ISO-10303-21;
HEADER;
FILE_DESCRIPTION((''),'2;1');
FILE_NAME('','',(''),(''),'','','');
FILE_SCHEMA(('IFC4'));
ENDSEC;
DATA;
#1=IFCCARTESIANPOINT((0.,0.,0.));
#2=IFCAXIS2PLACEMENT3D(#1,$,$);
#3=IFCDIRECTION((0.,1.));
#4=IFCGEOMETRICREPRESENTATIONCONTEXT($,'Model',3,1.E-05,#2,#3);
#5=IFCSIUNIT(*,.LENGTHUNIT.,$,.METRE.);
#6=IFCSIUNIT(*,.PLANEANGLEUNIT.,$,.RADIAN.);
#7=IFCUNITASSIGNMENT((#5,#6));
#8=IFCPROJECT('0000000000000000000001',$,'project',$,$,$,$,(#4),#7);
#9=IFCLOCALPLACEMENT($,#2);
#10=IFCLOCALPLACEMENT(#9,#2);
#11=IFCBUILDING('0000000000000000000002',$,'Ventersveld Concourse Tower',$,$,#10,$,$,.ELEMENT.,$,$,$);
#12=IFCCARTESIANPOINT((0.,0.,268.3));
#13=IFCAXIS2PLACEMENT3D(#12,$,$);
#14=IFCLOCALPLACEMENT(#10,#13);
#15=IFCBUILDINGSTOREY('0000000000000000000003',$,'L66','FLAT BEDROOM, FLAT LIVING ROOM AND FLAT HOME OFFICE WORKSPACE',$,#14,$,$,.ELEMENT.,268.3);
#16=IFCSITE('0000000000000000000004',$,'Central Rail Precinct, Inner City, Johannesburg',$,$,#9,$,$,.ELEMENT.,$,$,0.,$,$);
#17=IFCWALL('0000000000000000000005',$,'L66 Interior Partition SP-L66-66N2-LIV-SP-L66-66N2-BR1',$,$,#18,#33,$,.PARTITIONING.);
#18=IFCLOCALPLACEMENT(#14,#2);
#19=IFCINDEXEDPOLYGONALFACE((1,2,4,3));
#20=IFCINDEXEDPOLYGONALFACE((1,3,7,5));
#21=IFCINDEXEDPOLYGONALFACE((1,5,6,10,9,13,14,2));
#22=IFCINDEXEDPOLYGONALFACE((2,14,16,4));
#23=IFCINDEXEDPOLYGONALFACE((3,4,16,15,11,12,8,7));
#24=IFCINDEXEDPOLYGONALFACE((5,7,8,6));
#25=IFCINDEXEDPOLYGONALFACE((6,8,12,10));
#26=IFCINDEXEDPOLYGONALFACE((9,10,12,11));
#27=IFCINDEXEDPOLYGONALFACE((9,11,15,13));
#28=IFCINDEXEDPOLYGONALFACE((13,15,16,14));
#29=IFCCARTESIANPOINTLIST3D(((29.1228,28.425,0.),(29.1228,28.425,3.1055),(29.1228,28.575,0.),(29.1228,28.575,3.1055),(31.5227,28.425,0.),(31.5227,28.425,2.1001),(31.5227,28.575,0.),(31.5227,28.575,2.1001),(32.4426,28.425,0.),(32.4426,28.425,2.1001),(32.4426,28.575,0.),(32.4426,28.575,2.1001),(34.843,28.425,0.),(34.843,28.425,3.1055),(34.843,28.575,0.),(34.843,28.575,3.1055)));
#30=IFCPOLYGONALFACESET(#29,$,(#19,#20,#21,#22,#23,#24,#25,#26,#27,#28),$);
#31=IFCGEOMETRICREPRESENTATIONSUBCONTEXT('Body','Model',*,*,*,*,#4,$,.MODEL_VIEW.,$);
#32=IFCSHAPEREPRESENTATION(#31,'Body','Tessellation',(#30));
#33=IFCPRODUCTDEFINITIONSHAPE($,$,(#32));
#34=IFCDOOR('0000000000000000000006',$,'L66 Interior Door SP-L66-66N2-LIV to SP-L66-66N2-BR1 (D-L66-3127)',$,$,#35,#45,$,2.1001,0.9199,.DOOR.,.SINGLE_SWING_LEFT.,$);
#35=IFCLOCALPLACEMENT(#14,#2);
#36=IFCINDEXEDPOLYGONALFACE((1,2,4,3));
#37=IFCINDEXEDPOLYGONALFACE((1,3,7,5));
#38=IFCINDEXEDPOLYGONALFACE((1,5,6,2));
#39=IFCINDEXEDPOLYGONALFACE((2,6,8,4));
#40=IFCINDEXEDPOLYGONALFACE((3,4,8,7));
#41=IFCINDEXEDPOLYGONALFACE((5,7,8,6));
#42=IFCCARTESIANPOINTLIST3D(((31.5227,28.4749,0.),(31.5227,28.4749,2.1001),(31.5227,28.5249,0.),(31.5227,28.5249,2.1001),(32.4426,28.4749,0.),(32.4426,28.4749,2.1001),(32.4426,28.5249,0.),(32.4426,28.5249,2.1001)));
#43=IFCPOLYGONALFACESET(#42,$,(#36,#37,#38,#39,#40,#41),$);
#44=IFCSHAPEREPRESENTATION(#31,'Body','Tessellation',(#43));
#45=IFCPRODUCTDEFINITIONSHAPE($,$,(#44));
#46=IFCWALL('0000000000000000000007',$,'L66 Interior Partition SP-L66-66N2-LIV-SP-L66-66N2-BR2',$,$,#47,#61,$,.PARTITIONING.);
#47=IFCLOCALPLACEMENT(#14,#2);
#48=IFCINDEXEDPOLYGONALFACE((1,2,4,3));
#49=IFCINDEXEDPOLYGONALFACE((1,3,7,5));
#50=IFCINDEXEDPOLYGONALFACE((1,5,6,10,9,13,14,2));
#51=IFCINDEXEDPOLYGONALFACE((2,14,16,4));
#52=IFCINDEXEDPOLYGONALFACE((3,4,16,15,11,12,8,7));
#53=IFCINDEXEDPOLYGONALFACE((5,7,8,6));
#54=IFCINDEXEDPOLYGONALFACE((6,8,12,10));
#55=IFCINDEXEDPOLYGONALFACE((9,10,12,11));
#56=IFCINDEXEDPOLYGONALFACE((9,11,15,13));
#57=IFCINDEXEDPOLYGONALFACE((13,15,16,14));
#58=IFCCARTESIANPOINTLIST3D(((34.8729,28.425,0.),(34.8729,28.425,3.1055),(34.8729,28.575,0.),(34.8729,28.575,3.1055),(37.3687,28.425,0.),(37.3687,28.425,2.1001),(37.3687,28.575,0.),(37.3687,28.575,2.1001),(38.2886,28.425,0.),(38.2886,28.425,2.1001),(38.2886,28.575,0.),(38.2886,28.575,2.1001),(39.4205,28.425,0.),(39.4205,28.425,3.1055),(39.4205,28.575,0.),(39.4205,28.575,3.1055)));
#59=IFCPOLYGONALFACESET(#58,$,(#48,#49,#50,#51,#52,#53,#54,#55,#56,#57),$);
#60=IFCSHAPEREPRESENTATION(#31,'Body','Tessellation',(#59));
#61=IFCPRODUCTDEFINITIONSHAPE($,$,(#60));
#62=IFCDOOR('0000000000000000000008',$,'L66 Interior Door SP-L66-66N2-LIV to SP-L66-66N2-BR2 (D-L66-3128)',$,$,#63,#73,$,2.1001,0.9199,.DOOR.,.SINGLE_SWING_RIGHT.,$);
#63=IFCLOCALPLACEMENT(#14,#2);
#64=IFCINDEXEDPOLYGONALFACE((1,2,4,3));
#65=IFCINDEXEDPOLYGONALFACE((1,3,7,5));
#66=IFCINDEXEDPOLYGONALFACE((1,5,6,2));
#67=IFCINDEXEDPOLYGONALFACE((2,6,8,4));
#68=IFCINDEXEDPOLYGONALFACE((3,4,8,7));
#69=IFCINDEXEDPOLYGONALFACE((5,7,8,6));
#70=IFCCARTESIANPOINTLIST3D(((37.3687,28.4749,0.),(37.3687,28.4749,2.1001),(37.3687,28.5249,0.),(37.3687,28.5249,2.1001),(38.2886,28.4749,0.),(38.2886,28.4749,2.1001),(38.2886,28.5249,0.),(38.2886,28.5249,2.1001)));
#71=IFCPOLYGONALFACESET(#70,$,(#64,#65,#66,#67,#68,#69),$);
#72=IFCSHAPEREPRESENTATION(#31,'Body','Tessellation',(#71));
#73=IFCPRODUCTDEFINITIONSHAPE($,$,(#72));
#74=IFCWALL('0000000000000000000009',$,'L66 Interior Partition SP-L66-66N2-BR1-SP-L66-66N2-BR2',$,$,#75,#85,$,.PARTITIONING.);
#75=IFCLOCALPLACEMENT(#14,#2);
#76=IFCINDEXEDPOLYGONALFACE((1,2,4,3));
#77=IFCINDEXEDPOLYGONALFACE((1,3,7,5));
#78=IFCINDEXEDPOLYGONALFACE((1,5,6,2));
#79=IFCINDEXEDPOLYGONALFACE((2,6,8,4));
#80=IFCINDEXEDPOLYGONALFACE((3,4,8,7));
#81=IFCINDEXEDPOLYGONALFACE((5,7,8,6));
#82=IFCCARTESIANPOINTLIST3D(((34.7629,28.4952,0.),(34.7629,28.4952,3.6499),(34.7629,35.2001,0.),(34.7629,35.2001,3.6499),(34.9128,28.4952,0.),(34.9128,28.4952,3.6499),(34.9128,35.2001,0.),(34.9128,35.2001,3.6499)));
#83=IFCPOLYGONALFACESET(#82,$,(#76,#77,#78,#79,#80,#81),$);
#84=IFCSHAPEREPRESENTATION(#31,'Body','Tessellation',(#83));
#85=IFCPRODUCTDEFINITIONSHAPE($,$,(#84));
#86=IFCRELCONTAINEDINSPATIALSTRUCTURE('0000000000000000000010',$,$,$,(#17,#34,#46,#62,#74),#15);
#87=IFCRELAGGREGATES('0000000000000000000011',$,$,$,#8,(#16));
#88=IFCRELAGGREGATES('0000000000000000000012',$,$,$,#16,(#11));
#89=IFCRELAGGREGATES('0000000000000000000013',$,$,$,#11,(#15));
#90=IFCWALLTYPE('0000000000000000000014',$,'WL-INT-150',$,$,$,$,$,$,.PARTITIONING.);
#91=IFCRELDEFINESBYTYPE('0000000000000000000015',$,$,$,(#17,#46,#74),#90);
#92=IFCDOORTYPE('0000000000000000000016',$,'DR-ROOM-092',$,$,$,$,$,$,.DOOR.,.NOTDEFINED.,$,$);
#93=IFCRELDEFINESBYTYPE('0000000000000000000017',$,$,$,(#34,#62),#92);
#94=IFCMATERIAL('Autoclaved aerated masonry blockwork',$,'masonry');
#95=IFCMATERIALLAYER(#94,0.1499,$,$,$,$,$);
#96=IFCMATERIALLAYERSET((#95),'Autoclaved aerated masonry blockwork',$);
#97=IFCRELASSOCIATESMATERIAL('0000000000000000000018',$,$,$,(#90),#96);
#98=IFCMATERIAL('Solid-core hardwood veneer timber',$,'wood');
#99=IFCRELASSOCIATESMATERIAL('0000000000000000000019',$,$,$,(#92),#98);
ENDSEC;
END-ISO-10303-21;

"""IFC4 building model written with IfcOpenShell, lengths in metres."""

from ifc_helpers import new_model, si_unit, direction, frame, frame_2d, origin, place, context, subcontext, project, spatial, rectangle, extrude, material, layer, layer_set, type_object, element, fill, save


model = new_model("IFC4")

# Units and contexts
model_context = context("Model", 3, precision=1e-05, world=origin(), true_north=direction((0.0, 1.0)))
body_context = subcontext(model_context, "Body", "Model", "MODEL_VIEW")
ifc_project = project(units=[si_unit("LENGTHUNIT", "METRE"), si_unit("PLANEANGLEUNIT", "RADIAN")], contexts=[model_context])

# Site, building, storey
site_placement = place(None, origin())
site = spatial("IfcSite", under=ifc_project, at=site_placement, Name="Central Rail Precinct, Inner City, Johannesburg", CompositionType="ELEMENT", RefElevation=0.0)
building_placement = place(site_placement, origin())
building = spatial("IfcBuilding", under=site, at=building_placement, Name="Ventersveld Concourse Tower", CompositionType="ELEMENT")
storey_placement = place(building_placement, frame((0.0, 0.0, 268.3)))
storey = spatial("IfcBuildingStorey", under=building, at=storey_placement, Name="L66", Description="FLAT BEDROOM, FLAT LIVING ROOM AND FLAT HOME OFFICE WORKSPACE", CompositionType="ELEMENT", Elevation=268.3)

# Shared definitions
ifc_material_1 = material(Name="Autoclaved aerated masonry blockwork", Category="masonry")
ifc_layer_1 = layer(ifc_material_1, 0.1499)
ifc_layer_set_1 = layer_set([ifc_layer_1], Name="Autoclaved aerated masonry blockwork")
wall_type_1 = type_object("IfcWallType", Name="WL-INT-150", PredefinedType="PARTITIONING", material=ifc_layer_set_1)

# Walls, openings, doors
wall_1_placement = place(storey_placement, frame((29.1228, 28.5, 0.0), z_axis=(0.0, 0.0, 1.0), x_axis=(1.0, 0.0, 0.0)))
wall_1 = element("IfcWall", 1, at=wall_1_placement, inside=storey, type_object=wall_type_1, Name="L66 Interior Partition SP-L66-66N2-LIV-SP-L66-66N2-BR1", PredefinedType="PARTITIONING", context=body_context, shape_type="SweptSolid", body=[
    extrude(rectangle(XDim=5.7202, YDim=0.1499, at=frame_2d((2.8601, 0.0))), origin(), (0.0, 0.0, 1.0), 3.1055),
])
opening_1_placement = place(wall_1_placement, frame((2.3999, 0.0, 0.0)))
opening_1 = element("IfcOpeningElement", 2, at=opening_1_placement, cuts=wall_1, PredefinedType="OPENING", context=body_context, shape_type="SweptSolid", body=[
    extrude(rectangle(XDim=0.9199, YDim=2.1001, at=frame_2d((0.46, 1.05))), frame((0.0, 0.085, 0.0), z_axis=(0.0, -1.0, 0.0), x_axis=(1.0, 0.0, 0.0)), (0.0, 0.0, 1.0), 0.1699),
])
ifc_material_2 = material(Name="Solid-core hardwood veneer timber", Category="wood")
door_type = type_object("IfcDoorType", Name="DR-ROOM-092", OperationType="NOTDEFINED", PredefinedType="DOOR", material=ifc_material_2)
door_1_placement = place(opening_1_placement, origin())
door_1 = element("IfcDoor", 3, at=door_1_placement, inside=storey, type_object=door_type, Name="L66 Interior Door SP-L66-66N2-LIV to SP-L66-66N2-BR1 (D-L66-3127)", OperationType="SINGLE_SWING_LEFT", OverallHeight=2.1001, OverallWidth=0.9199, PredefinedType="DOOR", context=body_context, shape_type="SweptSolid", body=[
    extrude(rectangle(XDim=0.9199, YDim=2.1001, at=frame_2d((0.46, 1.05))), frame((0.0, 0.0249, 0.0), z_axis=(0.0, -1.0, 0.0), x_axis=(1.0, 0.0, 0.0)), (0.0, 0.0, 1.0), 0.05),
])
fill(opening_1, door_1)
wall_2_placement = place(storey_placement, frame((34.8728, 28.5, 0.0), z_axis=(0.0, 0.0, 1.0), x_axis=(1.0, 0.0, 0.0)))
wall_2 = element("IfcWall", 4, at=wall_2_placement, inside=storey, type_object=wall_type_1, Name="L66 Interior Partition SP-L66-66N2-LIV-SP-L66-66N2-BR2", PredefinedType="PARTITIONING", context=body_context, shape_type="SweptSolid", body=[
    extrude(rectangle(XDim=4.5476, YDim=0.1499, at=frame_2d((2.2739, 0.0))), origin(), (0.0, 0.0, 1.0), 3.1055),
])
opening_2_placement = place(wall_2_placement, frame((2.4958, 0.0, 0.0)))
opening_2 = element("IfcOpeningElement", 5, at=opening_2_placement, cuts=wall_2, PredefinedType="OPENING", context=body_context, shape_type="SweptSolid", body=[
    extrude(rectangle(XDim=0.9199, YDim=2.1001, at=frame_2d((0.46, 1.05))), frame((0.0, 0.085, 0.0), z_axis=(0.0, -1.0, 0.0), x_axis=(1.0, 0.0, 0.0)), (0.0, 0.0, 1.0), 0.1699),
])
door_2_placement = place(opening_2_placement, origin())
door_2 = element("IfcDoor", 6, at=door_2_placement, inside=storey, type_object=door_type, Name="L66 Interior Door SP-L66-66N2-LIV to SP-L66-66N2-BR2 (D-L66-3128)", OperationType="SINGLE_SWING_RIGHT", OverallHeight=2.1001, OverallWidth=0.9199, PredefinedType="DOOR", context=body_context, shape_type="SweptSolid", body=[
    extrude(rectangle(XDim=0.9199, YDim=2.1001, at=frame_2d((0.46, 1.05))), frame((0.0, 0.0249, 0.0), z_axis=(0.0, -1.0, 0.0), x_axis=(1.0, 0.0, 0.0)), (0.0, 0.0, 1.0), 0.05),
])
fill(opening_2, door_2)

# Wall
wall_3_placement = place(storey_placement, frame((34.8379, 28.4951, 0.0), z_axis=(0.0, 0.0, 1.0), x_axis=(0.0, 1.0, 0.0)))
element("IfcWall", 7, at=wall_3_placement, inside=storey, type_object=wall_type_1, Name="L66 Interior Partition SP-L66-66N2-BR1-SP-L66-66N2-BR2", PredefinedType="PARTITIONING", context=body_context, shape_type="SweptSolid", body=[
    extrude(rectangle(XDim=6.7048, YDim=0.1499, at=frame_2d((3.3525, 0.0))), origin(), (0.0, 0.0, 1.0), 3.6499),
])

save(model, "model.ifc")
